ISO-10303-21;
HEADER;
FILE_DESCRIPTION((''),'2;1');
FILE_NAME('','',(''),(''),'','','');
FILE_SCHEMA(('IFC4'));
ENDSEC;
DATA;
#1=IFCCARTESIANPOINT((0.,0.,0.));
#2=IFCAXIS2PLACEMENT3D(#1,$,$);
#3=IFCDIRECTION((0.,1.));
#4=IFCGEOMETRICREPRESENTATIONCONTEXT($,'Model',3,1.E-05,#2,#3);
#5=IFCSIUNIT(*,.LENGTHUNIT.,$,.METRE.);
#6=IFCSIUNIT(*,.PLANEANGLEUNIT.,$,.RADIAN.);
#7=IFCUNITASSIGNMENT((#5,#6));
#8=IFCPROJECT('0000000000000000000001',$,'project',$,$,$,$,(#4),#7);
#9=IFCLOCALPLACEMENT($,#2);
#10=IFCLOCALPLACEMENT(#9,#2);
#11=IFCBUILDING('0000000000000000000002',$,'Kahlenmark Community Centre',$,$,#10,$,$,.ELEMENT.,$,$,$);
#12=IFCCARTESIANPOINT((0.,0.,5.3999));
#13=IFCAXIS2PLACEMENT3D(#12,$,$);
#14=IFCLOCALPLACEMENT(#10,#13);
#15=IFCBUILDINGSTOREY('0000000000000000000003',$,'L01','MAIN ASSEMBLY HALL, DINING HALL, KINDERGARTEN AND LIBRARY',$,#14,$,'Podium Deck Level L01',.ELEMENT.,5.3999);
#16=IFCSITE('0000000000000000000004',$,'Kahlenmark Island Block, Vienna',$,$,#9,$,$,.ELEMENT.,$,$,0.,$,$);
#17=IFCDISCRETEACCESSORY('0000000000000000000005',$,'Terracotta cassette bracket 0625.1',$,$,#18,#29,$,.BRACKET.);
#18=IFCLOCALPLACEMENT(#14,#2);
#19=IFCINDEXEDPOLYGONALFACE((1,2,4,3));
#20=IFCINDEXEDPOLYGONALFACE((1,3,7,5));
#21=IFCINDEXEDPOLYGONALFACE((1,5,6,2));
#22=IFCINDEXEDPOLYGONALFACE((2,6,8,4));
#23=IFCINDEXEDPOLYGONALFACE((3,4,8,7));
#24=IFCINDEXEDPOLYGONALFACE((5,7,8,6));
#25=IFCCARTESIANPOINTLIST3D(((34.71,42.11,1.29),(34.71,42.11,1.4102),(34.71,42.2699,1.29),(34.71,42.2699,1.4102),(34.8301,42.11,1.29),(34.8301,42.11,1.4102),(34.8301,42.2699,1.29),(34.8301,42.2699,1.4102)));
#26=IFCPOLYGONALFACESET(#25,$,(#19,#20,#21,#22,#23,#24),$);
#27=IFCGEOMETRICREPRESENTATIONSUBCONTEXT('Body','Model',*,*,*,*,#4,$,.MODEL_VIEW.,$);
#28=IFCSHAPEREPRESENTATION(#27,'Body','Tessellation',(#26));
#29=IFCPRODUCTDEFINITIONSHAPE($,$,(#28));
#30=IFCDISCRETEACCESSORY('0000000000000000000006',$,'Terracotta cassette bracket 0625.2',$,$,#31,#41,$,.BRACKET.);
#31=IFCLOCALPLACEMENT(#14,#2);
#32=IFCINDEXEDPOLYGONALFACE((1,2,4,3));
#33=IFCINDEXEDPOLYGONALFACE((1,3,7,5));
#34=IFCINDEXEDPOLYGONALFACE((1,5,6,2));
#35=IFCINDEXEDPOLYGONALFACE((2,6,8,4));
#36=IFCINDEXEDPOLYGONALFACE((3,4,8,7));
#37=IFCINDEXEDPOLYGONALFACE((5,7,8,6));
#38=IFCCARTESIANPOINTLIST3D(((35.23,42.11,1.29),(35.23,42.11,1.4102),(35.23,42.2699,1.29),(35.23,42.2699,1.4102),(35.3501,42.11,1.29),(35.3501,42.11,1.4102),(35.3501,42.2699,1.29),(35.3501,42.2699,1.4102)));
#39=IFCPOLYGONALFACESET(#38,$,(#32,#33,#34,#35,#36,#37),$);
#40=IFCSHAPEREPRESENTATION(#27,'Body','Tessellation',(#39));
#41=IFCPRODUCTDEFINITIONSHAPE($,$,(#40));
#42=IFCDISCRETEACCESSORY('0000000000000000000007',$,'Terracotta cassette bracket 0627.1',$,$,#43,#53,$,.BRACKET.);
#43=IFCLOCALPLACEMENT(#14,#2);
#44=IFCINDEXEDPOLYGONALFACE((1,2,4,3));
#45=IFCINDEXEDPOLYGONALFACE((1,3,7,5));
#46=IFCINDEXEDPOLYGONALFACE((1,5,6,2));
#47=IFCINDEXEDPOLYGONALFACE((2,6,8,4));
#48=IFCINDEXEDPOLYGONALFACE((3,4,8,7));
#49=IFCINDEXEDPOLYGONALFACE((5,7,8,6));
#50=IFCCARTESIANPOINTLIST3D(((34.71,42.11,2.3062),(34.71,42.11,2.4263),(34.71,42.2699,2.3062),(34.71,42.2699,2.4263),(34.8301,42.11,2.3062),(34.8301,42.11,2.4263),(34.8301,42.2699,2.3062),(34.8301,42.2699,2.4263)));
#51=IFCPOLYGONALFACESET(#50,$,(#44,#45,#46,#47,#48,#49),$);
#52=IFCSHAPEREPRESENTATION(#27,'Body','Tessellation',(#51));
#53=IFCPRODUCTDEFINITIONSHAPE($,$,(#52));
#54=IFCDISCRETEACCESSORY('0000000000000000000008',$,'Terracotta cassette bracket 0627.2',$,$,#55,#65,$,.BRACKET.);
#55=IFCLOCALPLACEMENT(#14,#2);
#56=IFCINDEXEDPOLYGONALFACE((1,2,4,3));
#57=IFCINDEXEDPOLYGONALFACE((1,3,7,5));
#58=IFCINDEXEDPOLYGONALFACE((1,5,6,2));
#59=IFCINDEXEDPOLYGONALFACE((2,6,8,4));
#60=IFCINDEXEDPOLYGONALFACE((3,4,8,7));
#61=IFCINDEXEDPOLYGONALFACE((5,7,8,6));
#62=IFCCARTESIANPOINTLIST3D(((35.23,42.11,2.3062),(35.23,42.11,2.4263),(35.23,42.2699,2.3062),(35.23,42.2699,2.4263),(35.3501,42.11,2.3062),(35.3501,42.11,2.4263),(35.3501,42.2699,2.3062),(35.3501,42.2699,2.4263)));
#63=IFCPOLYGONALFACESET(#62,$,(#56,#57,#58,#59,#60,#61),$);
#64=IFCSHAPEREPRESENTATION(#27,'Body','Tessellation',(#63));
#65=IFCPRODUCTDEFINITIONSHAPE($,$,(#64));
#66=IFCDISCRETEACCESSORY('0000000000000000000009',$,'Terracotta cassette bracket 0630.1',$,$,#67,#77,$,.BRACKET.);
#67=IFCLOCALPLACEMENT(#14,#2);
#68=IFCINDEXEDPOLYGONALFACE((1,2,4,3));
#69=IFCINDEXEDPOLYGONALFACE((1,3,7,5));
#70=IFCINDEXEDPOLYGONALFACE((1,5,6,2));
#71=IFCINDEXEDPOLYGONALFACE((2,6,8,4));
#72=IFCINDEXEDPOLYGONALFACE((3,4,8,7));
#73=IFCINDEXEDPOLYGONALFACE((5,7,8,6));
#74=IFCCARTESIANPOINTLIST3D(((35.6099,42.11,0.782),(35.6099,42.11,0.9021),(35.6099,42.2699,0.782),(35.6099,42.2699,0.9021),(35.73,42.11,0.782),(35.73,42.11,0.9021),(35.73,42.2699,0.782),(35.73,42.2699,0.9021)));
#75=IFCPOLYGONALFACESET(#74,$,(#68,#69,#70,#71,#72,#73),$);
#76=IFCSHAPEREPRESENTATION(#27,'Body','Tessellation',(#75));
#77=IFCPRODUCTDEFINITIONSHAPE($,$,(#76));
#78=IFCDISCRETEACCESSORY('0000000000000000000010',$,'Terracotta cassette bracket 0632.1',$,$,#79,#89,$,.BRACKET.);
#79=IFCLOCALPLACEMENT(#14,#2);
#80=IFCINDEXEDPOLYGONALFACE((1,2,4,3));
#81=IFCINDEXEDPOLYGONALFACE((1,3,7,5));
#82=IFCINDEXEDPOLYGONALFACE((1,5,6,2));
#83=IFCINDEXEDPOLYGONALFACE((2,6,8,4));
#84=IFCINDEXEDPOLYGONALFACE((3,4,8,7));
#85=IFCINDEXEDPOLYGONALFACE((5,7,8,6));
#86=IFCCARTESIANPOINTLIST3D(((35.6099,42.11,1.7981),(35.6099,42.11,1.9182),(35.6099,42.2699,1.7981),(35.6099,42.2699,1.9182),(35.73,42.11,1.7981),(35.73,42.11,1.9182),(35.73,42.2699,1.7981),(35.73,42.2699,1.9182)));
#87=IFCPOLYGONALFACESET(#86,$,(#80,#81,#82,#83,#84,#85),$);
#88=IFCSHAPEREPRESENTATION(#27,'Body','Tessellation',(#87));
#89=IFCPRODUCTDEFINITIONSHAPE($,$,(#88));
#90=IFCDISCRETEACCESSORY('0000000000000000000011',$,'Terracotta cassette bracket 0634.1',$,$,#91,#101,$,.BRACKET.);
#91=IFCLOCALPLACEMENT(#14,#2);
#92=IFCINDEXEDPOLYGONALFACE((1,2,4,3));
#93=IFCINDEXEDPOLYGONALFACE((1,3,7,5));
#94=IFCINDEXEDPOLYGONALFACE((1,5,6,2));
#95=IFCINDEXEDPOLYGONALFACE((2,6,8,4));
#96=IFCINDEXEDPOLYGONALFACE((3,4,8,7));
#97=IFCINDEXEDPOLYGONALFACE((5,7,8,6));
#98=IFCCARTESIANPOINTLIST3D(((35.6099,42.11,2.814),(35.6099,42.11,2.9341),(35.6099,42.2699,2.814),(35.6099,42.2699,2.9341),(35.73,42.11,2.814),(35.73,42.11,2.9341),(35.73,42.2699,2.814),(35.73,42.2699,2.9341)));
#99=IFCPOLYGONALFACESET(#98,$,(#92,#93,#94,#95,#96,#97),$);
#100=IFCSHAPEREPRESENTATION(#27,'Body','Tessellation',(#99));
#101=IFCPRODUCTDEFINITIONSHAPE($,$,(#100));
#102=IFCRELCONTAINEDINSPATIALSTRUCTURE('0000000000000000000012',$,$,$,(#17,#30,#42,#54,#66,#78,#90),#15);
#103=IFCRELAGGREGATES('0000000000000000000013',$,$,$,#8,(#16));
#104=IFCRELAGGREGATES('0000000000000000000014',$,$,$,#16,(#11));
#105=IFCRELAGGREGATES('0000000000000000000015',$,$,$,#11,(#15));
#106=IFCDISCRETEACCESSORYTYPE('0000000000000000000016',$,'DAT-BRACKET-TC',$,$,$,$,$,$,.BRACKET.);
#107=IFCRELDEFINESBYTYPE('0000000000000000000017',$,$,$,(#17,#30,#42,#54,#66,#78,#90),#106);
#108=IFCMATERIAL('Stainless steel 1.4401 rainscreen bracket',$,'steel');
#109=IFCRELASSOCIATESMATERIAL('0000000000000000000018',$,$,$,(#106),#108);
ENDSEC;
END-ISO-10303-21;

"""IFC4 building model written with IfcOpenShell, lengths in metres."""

from ifc_helpers import new_model, si_unit, direction, frame, origin, origin_2d, place, context, subcontext, project, spatial, rectangle, extrude, material, type_object, element, save


model = new_model("IFC4")

# Units and contexts
model_context = context("Model", 3, precision=1e-05, world=origin(), true_north=direction((0.0, 1.0)))
body_context = subcontext(model_context, "Body", "Model", "MODEL_VIEW")
ifc_project = project(units=[si_unit("LENGTHUNIT", "METRE"), si_unit("PLANEANGLEUNIT", "RADIAN")], contexts=[model_context])

# Site, building, storey
site_placement = place(None, origin())
site = spatial("IfcSite", under=ifc_project, at=site_placement, Name="Kahlenmark Island Block, Vienna", CompositionType="ELEMENT", RefElevation=0.0)
building_placement = place(site_placement, origin())
building = spatial("IfcBuilding", under=site, at=building_placement, Name="Kahlenmark Community Centre", CompositionType="ELEMENT")
storey_placement = place(building_placement, frame((0.0, 0.0, 5.3999)))
storey = spatial("IfcBuildingStorey", under=building, at=storey_placement, Name="L01", Description="MAIN ASSEMBLY HALL, DINING HALL, KINDERGARTEN AND LIBRARY", LongName="Podium Deck Level L01", CompositionType="ELEMENT", Elevation=5.3999)

# Discrete accessories
ifc_material_1 = material(Name="Stainless steel 1.4401 rainscreen bracket", Category="steel")
discrete_accessory_type = type_object("IfcDiscreteAccessoryType", Name="DAT-BRACKET-TC", PredefinedType="BRACKET", material=ifc_material_1)
for number, where, z_axis, x_axis, name in (
    (1, (34.77, 42.1899, 1.29), (0.0, 0.0, 1.0), (1.0, 0.0, 0.0), "Terracotta cassette bracket 0625.1"),
    (2, (35.29, 42.1899, 1.29), (0.0, 0.0, 1.0), (1.0, 0.0, 0.0), "Terracotta cassette bracket 0625.2"),
    (3, (34.77, 42.1899, 2.3062), (0.0, 0.0, 1.0), (1.0, 0.0, 0.0), "Terracotta cassette bracket 0627.1"),
    (4, (35.29, 42.1899, 2.3062), (0.0, 0.0, 1.0), (1.0, 0.0, 0.0), "Terracotta cassette bracket 0627.2"),
    (5, (35.6699, 42.1899, 0.782), (0.0, 0.0, 1.0), (1.0, 0.0, 0.0), "Terracotta cassette bracket 0630.1"),
    (6, (35.6699, 42.1899, 1.7981), (0.0, 0.0, 1.0), (1.0, 0.0, 0.0), "Terracotta cassette bracket 0632.1"),
    (7, (35.6699, 42.1899, 2.814), (0.0, 0.0, 1.0), (1.0, 0.0, 0.0), "Terracotta cassette bracket 0634.1"),
):
    element("IfcDiscreteAccessory", number, at=place(storey_placement, frame(where, z_axis=z_axis, x_axis=x_axis)), inside=storey, type_object=discrete_accessory_type, Name=name, PredefinedType="BRACKET", context=body_context, shape_type="SweptSolid", body=[
        extrude(rectangle(XDim=0.1201, YDim=0.1599, at=origin_2d()), origin(), (0.0, 0.0, 1.0), 0.1201),
    ])

save(model, "model.ifc")
